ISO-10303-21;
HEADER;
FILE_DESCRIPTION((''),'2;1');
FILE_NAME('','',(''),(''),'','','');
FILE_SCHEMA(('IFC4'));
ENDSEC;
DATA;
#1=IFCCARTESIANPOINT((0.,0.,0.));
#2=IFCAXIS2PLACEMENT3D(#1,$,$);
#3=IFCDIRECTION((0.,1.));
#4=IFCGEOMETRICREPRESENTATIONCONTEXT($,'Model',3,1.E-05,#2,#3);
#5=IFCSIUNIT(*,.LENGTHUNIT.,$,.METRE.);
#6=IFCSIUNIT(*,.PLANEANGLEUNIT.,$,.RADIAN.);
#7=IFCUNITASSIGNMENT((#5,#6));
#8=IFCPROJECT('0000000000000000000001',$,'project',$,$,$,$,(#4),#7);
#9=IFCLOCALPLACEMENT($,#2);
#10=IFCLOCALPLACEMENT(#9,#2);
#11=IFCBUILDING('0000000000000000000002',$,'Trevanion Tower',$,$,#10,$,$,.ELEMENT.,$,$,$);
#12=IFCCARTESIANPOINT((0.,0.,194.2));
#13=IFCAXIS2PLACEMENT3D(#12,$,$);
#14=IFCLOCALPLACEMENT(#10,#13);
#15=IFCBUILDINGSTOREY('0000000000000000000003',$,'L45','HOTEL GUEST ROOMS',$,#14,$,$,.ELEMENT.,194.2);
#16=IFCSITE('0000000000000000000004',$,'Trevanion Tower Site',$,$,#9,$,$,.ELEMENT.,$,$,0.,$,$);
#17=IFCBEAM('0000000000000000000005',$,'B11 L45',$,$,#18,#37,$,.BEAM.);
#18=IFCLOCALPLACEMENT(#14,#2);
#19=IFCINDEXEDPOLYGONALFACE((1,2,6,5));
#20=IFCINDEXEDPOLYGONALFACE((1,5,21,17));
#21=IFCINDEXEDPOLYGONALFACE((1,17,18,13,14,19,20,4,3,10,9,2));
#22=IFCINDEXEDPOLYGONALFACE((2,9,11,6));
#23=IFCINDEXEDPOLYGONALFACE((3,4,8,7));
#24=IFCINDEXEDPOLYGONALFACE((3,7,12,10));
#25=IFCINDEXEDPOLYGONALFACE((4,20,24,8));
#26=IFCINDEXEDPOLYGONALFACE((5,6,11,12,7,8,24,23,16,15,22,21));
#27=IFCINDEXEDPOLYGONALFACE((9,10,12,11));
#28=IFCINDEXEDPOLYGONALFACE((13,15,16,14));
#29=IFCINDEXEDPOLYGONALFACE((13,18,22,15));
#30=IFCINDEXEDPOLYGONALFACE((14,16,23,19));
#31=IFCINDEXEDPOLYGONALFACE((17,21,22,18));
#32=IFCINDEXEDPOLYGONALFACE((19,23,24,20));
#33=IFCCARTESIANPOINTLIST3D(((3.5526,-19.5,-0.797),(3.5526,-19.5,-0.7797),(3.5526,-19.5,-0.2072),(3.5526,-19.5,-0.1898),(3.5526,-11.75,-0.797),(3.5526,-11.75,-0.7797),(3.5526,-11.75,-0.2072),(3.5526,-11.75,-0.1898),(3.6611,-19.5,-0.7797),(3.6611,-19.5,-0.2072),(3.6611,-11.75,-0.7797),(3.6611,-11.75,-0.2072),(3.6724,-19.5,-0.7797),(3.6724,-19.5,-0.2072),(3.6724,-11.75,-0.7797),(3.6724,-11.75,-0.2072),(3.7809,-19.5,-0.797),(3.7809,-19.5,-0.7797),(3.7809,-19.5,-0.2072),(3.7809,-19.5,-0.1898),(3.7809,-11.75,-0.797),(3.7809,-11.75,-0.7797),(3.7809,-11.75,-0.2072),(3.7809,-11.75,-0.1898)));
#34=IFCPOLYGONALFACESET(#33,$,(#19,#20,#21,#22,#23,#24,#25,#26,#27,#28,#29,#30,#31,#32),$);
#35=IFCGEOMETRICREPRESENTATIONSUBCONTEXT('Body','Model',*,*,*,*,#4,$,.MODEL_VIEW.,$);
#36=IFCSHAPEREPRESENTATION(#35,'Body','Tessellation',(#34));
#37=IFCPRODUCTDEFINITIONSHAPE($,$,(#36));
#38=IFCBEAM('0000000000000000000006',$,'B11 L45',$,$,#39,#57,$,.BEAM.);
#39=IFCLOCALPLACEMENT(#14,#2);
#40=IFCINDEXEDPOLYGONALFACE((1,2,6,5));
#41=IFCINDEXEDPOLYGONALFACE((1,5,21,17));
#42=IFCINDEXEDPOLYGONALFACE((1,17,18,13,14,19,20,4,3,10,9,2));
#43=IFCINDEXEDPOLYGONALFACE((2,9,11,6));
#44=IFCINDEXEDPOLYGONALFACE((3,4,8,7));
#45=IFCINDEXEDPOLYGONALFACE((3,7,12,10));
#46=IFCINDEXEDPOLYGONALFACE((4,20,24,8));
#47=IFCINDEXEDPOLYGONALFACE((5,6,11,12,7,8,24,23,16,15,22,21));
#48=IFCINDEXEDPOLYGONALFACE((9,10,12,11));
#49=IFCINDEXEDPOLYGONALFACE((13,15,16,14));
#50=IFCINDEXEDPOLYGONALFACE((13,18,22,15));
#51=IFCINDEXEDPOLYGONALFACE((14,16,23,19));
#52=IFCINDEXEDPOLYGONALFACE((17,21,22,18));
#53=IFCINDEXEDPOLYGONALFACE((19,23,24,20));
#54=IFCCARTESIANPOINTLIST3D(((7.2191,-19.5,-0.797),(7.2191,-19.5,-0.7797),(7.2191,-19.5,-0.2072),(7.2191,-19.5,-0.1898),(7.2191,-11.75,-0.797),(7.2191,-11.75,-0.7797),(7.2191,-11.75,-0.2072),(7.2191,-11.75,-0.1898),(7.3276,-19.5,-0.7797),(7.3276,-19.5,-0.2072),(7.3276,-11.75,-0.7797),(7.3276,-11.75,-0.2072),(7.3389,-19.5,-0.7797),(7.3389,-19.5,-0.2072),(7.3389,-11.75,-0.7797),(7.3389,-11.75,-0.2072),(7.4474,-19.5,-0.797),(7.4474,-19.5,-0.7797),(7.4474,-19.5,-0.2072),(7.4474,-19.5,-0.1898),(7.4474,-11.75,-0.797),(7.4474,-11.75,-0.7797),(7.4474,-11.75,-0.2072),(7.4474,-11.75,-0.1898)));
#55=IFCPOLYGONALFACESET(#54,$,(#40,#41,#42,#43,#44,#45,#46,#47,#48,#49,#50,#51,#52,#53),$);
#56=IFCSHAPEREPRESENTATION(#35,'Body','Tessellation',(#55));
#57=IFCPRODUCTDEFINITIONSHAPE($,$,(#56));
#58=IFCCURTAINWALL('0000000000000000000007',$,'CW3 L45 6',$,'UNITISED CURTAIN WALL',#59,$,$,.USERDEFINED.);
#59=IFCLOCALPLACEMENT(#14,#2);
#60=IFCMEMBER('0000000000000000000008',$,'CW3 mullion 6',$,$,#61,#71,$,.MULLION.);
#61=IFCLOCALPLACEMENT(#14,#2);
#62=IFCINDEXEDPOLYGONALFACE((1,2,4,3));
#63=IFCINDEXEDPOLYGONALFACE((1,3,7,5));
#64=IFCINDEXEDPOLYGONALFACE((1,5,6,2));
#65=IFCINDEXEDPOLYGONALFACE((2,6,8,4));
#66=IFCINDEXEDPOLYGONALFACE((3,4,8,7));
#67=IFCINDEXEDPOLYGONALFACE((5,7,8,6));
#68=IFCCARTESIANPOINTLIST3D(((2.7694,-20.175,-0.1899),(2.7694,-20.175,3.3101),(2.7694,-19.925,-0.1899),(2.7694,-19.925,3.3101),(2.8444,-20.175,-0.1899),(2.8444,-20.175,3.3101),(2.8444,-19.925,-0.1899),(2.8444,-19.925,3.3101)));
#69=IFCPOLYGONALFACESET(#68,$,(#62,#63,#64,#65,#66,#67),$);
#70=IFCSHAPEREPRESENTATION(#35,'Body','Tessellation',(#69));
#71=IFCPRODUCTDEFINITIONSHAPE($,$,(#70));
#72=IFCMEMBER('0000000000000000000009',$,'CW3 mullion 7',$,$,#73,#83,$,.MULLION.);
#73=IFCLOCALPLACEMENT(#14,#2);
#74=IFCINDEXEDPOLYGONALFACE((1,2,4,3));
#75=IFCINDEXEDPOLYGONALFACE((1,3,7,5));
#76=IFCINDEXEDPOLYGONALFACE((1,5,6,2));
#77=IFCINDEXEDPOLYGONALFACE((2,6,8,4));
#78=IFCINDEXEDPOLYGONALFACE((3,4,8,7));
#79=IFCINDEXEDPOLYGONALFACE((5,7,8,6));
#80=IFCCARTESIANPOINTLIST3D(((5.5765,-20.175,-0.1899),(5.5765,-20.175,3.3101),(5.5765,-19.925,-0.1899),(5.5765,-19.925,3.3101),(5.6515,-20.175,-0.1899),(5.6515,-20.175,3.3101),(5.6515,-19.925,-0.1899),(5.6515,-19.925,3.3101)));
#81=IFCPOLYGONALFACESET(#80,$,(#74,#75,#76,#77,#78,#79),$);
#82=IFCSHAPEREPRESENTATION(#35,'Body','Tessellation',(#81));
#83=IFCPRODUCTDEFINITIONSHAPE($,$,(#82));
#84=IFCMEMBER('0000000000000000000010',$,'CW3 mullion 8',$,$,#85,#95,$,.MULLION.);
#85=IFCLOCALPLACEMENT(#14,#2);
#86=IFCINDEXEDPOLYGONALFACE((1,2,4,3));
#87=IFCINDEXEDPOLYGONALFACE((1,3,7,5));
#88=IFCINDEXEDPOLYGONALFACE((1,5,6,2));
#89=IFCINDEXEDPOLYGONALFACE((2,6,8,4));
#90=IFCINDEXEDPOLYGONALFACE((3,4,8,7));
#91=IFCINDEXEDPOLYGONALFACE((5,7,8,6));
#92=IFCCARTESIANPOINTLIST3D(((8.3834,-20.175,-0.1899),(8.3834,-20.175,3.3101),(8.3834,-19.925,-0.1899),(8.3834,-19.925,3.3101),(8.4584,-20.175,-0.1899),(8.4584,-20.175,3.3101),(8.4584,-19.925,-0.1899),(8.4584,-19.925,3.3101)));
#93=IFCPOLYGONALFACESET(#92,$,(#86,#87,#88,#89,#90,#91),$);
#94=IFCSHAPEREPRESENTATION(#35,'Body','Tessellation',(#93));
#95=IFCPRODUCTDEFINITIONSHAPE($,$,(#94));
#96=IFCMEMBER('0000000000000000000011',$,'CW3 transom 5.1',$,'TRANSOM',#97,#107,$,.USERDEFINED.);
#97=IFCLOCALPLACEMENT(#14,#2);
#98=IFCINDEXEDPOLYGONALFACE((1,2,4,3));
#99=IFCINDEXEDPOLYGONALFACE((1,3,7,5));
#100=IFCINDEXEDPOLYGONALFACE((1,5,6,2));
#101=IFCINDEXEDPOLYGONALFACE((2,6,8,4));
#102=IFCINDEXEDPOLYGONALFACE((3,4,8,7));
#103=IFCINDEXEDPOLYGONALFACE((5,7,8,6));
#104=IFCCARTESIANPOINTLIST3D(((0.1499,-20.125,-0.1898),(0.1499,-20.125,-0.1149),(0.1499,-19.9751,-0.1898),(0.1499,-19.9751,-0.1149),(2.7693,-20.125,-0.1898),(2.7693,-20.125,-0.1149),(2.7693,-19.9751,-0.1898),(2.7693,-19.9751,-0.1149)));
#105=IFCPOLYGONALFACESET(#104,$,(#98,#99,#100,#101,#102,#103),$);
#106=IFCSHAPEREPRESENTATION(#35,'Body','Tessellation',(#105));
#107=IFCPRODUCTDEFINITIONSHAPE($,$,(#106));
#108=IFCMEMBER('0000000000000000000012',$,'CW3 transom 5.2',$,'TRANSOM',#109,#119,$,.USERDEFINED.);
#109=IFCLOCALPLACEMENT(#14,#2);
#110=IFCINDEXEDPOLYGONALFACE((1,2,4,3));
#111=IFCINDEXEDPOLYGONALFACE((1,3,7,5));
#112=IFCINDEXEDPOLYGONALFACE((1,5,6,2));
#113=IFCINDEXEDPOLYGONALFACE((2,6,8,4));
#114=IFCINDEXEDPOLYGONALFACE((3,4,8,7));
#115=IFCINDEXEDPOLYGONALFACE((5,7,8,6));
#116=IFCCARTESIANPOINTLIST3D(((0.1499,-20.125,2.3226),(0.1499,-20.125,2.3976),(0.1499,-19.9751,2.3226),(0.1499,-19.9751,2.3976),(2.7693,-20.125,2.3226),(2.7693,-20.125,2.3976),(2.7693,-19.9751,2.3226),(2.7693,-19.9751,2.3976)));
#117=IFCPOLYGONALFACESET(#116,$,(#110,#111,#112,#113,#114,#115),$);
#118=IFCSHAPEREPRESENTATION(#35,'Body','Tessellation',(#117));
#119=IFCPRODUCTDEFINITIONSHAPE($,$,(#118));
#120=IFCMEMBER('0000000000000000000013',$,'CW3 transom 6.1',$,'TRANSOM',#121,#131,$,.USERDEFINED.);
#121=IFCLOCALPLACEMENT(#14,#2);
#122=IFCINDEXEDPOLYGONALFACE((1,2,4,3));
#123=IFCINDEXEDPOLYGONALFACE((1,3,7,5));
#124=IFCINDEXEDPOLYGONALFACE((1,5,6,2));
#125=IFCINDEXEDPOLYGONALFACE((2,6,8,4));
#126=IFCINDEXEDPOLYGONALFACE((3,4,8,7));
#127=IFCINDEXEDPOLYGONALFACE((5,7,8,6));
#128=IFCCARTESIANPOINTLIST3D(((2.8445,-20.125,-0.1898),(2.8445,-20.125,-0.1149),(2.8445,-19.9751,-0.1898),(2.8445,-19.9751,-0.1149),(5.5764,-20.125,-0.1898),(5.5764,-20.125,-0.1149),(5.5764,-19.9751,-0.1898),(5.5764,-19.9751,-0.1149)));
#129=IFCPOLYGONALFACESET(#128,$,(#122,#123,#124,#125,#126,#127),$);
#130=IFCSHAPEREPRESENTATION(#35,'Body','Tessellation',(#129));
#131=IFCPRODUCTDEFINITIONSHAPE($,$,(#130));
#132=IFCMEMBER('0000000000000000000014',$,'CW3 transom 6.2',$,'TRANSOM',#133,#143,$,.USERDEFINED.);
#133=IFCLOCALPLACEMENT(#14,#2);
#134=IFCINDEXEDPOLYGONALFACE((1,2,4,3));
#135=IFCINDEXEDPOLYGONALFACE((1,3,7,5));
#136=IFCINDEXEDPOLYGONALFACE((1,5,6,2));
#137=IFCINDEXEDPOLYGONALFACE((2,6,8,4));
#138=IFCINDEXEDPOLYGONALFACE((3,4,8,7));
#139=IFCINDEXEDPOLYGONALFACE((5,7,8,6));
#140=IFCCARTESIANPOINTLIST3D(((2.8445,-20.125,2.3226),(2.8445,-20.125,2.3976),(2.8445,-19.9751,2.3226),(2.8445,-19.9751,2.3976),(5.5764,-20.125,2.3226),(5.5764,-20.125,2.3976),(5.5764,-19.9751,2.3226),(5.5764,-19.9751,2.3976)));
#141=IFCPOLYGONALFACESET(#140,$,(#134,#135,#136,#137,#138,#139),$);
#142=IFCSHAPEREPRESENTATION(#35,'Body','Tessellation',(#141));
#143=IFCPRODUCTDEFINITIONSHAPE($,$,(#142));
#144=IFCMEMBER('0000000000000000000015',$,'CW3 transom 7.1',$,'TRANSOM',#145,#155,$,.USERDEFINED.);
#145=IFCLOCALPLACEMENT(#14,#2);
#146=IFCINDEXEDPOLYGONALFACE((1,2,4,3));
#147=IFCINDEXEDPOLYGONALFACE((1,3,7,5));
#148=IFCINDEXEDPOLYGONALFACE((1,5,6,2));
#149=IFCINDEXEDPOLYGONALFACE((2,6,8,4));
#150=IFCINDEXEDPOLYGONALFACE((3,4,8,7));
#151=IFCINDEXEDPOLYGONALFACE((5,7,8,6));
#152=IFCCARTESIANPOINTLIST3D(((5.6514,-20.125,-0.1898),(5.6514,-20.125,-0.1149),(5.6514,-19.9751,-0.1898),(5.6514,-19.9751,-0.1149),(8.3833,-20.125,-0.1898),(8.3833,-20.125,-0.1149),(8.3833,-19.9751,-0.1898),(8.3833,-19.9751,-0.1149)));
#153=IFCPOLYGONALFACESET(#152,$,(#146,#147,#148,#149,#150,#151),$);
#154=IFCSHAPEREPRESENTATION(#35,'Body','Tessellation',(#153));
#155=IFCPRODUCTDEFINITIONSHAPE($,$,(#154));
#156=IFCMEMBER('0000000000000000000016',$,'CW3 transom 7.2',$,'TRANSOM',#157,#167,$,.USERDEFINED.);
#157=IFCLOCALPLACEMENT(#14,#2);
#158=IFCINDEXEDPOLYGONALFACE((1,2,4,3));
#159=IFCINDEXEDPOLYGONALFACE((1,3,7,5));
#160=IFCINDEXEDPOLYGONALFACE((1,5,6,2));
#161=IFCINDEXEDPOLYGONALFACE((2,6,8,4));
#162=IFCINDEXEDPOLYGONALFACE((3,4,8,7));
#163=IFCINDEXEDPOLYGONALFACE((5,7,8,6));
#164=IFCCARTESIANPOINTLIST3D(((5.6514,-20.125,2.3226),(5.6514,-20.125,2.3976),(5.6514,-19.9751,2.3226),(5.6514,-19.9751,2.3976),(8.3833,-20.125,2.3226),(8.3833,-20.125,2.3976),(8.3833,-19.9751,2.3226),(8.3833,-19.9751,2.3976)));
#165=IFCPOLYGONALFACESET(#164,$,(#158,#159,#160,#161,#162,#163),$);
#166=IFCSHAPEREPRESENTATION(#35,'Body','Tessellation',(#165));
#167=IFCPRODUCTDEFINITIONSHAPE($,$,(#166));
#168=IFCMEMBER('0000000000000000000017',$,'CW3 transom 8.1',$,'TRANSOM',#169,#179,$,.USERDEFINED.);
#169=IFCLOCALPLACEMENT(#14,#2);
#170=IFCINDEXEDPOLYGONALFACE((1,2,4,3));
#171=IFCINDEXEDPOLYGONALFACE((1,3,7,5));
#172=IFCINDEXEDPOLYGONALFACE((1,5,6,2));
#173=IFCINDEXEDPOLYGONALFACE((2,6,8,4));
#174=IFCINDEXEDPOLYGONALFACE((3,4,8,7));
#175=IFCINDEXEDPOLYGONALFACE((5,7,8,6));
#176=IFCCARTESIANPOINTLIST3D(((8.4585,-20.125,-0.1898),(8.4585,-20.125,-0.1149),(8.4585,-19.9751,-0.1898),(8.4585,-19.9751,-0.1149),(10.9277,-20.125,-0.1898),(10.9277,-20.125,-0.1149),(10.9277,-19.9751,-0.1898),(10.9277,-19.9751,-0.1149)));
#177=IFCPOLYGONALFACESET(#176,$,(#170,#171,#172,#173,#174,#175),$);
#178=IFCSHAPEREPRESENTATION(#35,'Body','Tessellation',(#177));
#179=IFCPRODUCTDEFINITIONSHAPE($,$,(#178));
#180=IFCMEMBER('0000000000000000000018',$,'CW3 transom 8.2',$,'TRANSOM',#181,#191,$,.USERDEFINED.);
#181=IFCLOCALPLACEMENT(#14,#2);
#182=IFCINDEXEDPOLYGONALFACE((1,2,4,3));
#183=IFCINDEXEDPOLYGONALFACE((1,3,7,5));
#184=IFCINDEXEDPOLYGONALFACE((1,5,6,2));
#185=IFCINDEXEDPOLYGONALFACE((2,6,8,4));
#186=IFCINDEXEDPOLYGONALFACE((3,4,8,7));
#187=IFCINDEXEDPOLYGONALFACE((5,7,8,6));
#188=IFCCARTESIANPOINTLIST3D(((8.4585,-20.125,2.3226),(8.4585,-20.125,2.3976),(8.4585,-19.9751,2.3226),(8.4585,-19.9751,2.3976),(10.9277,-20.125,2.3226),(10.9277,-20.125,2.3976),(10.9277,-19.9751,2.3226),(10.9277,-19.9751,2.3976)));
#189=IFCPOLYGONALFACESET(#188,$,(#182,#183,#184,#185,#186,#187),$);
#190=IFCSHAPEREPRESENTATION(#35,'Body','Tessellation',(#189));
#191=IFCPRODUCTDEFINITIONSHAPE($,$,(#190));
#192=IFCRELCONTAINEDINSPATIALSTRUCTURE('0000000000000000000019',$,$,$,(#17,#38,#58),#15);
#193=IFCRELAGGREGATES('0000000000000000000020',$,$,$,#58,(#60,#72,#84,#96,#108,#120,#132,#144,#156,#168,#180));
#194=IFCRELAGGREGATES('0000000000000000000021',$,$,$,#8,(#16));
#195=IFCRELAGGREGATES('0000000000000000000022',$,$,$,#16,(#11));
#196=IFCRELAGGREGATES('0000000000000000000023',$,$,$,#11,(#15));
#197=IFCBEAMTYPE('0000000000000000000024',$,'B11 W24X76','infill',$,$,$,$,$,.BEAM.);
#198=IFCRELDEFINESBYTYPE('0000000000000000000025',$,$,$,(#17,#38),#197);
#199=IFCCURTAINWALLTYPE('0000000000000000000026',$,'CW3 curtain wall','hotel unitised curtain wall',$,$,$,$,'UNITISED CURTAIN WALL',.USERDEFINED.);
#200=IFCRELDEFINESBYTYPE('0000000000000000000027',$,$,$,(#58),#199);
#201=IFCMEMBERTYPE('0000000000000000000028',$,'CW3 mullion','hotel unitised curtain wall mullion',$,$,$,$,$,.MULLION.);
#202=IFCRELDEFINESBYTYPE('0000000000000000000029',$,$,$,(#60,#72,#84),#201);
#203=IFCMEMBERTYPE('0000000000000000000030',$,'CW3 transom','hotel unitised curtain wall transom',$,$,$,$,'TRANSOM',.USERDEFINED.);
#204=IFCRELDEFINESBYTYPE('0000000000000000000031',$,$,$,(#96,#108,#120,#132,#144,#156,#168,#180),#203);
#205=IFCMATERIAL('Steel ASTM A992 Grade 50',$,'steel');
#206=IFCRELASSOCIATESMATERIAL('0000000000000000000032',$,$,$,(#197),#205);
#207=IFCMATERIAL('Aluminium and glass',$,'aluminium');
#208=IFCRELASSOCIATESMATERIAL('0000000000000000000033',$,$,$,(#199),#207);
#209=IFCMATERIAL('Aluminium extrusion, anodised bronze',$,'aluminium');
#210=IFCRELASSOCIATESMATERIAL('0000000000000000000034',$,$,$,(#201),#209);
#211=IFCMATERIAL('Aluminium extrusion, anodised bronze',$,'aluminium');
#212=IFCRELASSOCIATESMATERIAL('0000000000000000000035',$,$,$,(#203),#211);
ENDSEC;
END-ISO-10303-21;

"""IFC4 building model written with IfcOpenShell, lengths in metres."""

from ifc_helpers import new_model, si_unit, direction, frame, origin, origin_2d, place, context, subcontext, project, spatial, rectangle, i_section, extrude, material, material_profile, profile_set, type_object, element, aggregate, save


model = new_model("IFC4")

# Units and contexts
model_context = context("Model", 3, precision=1e-05, world=origin(), true_north=direction((0.0, 1.0)))
body_context = subcontext(model_context, "Body", "Model", "MODEL_VIEW")
ifc_project = project(units=[si_unit("LENGTHUNIT", "METRE"), si_unit("PLANEANGLEUNIT", "RADIAN")], contexts=[model_context])

# Site, building, storey
site_placement = place(None, origin())
site = spatial("IfcSite", under=ifc_project, at=site_placement, Name="Trevanion Tower Site", CompositionType="ELEMENT", RefElevation=0.0)
building_placement = place(site_placement, origin())
building = spatial("IfcBuilding", under=site, at=building_placement, Name="Trevanion Tower", CompositionType="ELEMENT")
storey_placement = place(building_placement, frame((0.0, 0.0, 194.2)))
storey = spatial("IfcBuildingStorey", under=building, at=storey_placement, Name="L45", Description="HOTEL GUEST ROOMS", CompositionType="ELEMENT", Elevation=194.2)

# Beams
ifc_material_1 = material(Name="Steel ASTM A992 Grade 50", Category="steel")
ifc_material_profile_1 = material_profile(ifc_material_1, i_section(OverallWidth=0.2283, OverallDepth=0.6072, WebThickness=0.0112, FlangeThickness=0.0173, at=origin_2d()), Name="W24X76")
ifc_profile_set_1 = profile_set([ifc_material_profile_1], Name="Steel ASTM A992 Grade 50")
beam_type_1 = type_object("IfcBeamType", Name="B11 W24X76", Description="infill", PredefinedType="BEAM", material=ifc_profile_set_1)
for number, where, z_axis, x_axis, name in (
    (1, (3.6667, -11.75, -0.4934), (0.0, -1.0, 0.0), (1.0, 0.0, 0.0), "B11 L45"),
    (2, (7.3333, -11.75, -0.4934), (0.0, -1.0, 0.0), (1.0, 0.0, 0.0), "B11 L45"),
):
    element("IfcBeam", number, at=place(storey_placement, frame(where, z_axis=z_axis, x_axis=x_axis)), inside=storey, type_object=beam_type_1, Name=name, PredefinedType="BEAM", context=body_context, shape_type="SweptSolid", body=[
        extrude(i_section(OverallWidth=0.2283, OverallDepth=0.6072, WebThickness=0.0112, FlangeThickness=0.0173, at=origin_2d()), origin(), (0.0, 0.0, 1.0), 7.75),
    ])

# Curtain wall, members
ifc_material_2 = material(Name="Aluminium and glass", Category="aluminium")
curtain_wall_type = type_object("IfcCurtainWallType", Name="CW3 curtain wall", Description="hotel unitised curtain wall", ElementType="UNITISED CURTAIN WALL", PredefinedType="USERDEFINED", material=ifc_material_2)
curtain_wall_placement = place(storey_placement, origin())
curtain_wall = element("IfcCurtainWall", 3, at=curtain_wall_placement, inside=storey, type_object=curtain_wall_type, Name="CW3 L45 6", ObjectType="UNITISED CURTAIN WALL", PredefinedType="USERDEFINED")
ifc_material_3 = material(Name="Aluminium extrusion, anodised bronze", Category="aluminium")
ifc_material_profile_2 = material_profile(ifc_material_3, rectangle(XDim=0.075, YDim=0.25, at=origin_2d()), Name="CW3 mullion")
ifc_profile_set_2 = profile_set([ifc_material_profile_2], Name="Aluminium extrusion, anodised bronze")
member_type_1 = type_object("IfcMemberType", Name="CW3 mullion", Description="hotel unitised curtain wall mullion", PredefinedType="MULLION", material=ifc_profile_set_2)
member_1_placement = place(storey_placement, frame((2.8069, -20.05, -0.1899), z_axis=(0.0, 0.0, 1.0), x_axis=(1.0, 0.0, 0.0)))
member_1 = element("IfcMember", 4, at=member_1_placement, type_object=member_type_1, Name="CW3 mullion 6", PredefinedType="MULLION", context=body_context, shape_type="SweptSolid", body=[
    extrude(rectangle(XDim=0.075, YDim=0.25, at=origin_2d()), origin(), (0.0, 0.0, 1.0), 3.5),
])
member_2_placement = place(storey_placement, frame((5.614, -20.05, -0.1899), z_axis=(0.0, 0.0, 1.0), x_axis=(1.0, 0.0, 0.0)))
member_2 = element("IfcMember", 5, at=member_2_placement, type_object=member_type_1, Name="CW3 mullion 7", PredefinedType="MULLION", context=body_context, shape_type="SweptSolid", body=[
    extrude(rectangle(XDim=0.075, YDim=0.25, at=origin_2d()), origin(), (0.0, 0.0, 1.0), 3.5),
])
member_3_placement = place(storey_placement, frame((8.4209, -20.05, -0.1899), z_axis=(0.0, 0.0, 1.0), x_axis=(1.0, 0.0, 0.0)))
member_3 = element("IfcMember", 6, at=member_3_placement, type_object=member_type_1, Name="CW3 mullion 8", PredefinedType="MULLION", context=body_context, shape_type="SweptSolid", body=[
    extrude(rectangle(XDim=0.075, YDim=0.25, at=origin_2d()), origin(), (0.0, 0.0, 1.0), 3.5),
])
ifc_material_4 = material(Name="Aluminium extrusion, anodised bronze", Category="aluminium")
ifc_material_profile_3 = material_profile(ifc_material_4, rectangle(XDim=0.1499, YDim=0.075, at=origin_2d()), Name="CW3 transom")
ifc_profile_set_3 = profile_set([ifc_material_profile_3], Name="Aluminium extrusion, anodised bronze")
member_type_2 = type_object("IfcMemberType", Name="CW3 transom", Description="hotel unitised curtain wall transom", ElementType="TRANSOM", PredefinedType="USERDEFINED", material=ifc_profile_set_3)
member_4_placement = place(storey_placement, frame((0.1499, -20.05, -0.1523), z_axis=(1.0, 0.0, 0.0), x_axis=(0.0, 1.0, 0.0)))
member_4 = element("IfcMember", 7, at=member_4_placement, type_object=member_type_2, Name="CW3 transom 5.1", ObjectType="TRANSOM", PredefinedType="USERDEFINED", context=body_context, shape_type="SweptSolid", body=[
    extrude(rectangle(XDim=0.1499, YDim=0.075, at=origin_2d()), origin(), (0.0, 0.0, 1.0), 2.6194),
])
member_5_placement = place(storey_placement, frame((0.1499, -20.05, 2.3601), z_axis=(1.0, 0.0, 0.0), x_axis=(0.0, 1.0, 0.0)))
member_5 = element("IfcMember", 8, at=member_5_placement, type_object=member_type_2, Name="CW3 transom 5.2", ObjectType="TRANSOM", PredefinedType="USERDEFINED", context=body_context, shape_type="SweptSolid", body=[
    extrude(rectangle(XDim=0.1499, YDim=0.075, at=origin_2d()), origin(), (0.0, 0.0, 1.0), 2.6194),
])
member_6_placement = place(storey_placement, frame((2.8445, -20.05, -0.1523), z_axis=(1.0, 0.0, 0.0), x_axis=(0.0, 1.0, 0.0)))
member_6 = element("IfcMember", 9, at=member_6_placement, type_object=member_type_2, Name="CW3 transom 6.1", ObjectType="TRANSOM", PredefinedType="USERDEFINED", context=body_context, shape_type="SweptSolid", body=[
    extrude(rectangle(XDim=0.1499, YDim=0.075, at=origin_2d()), origin(), (0.0, 0.0, 1.0), 2.7319),
])
member_7_placement = place(storey_placement, frame((2.8445, -20.05, 2.3601), z_axis=(1.0, 0.0, 0.0), x_axis=(0.0, 1.0, 0.0)))
member_7 = element("IfcMember", 10, at=member_7_placement, type_object=member_type_2, Name="CW3 transom 6.2", ObjectType="TRANSOM", PredefinedType="USERDEFINED", context=body_context, shape_type="SweptSolid", body=[
    extrude(rectangle(XDim=0.1499, YDim=0.075, at=origin_2d()), origin(), (0.0, 0.0, 1.0), 2.7319),
])
member_8_placement = place(storey_placement, frame((5.6514, -20.05, -0.1523), z_axis=(1.0, 0.0, 0.0), x_axis=(0.0, 1.0, 0.0)))
member_8 = element("IfcMember", 11, at=member_8_placement, type_object=member_type_2, Name="CW3 transom 7.1", ObjectType="TRANSOM", PredefinedType="USERDEFINED", context=body_context, shape_type="SweptSolid", body=[
    extrude(rectangle(XDim=0.1499, YDim=0.075, at=origin_2d()), origin(), (0.0, 0.0, 1.0), 2.7319),
])
member_9_placement = place(storey_placement, frame((5.6514, -20.05, 2.3601), z_axis=(1.0, 0.0, 0.0), x_axis=(0.0, 1.0, 0.0)))
member_9 = element("IfcMember", 12, at=member_9_placement, type_object=member_type_2, Name="CW3 transom 7.2", ObjectType="TRANSOM", PredefinedType="USERDEFINED", context=body_context, shape_type="SweptSolid", body=[
    extrude(rectangle(XDim=0.1499, YDim=0.075, at=origin_2d()), origin(), (0.0, 0.0, 1.0), 2.7319),
])
member_10_placement = place(storey_placement, frame((8.4585, -20.05, -0.1523), z_axis=(1.0, 0.0, 0.0), x_axis=(0.0, 1.0, 0.0)))
member_10 = element("IfcMember", 13, at=member_10_placement, type_object=member_type_2, Name="CW3 transom 8.1", ObjectType="TRANSOM", PredefinedType="USERDEFINED", context=body_context, shape_type="SweptSolid", body=[
    extrude(rectangle(XDim=0.1499, YDim=0.075, at=origin_2d()), origin(), (0.0, 0.0, 1.0), 2.4692),
])
member_11_placement = place(storey_placement, frame((8.4585, -20.05, 2.3601), z_axis=(1.0, 0.0, 0.0), x_axis=(0.0, 1.0, 0.0)))
member_11 = element("IfcMember", 14, at=member_11_placement, type_object=member_type_2, Name="CW3 transom 8.2", ObjectType="TRANSOM", PredefinedType="USERDEFINED", context=body_context, shape_type="SweptSolid", body=[
    extrude(rectangle(XDim=0.1499, YDim=0.075, at=origin_2d()), origin(), (0.0, 0.0, 1.0), 2.4692),
])

aggregate(curtain_wall, [member_1, member_2, member_3, member_4, member_5, member_6, member_7, member_8, member_9, member_10, member_11])

save(model, "model.ifc")
